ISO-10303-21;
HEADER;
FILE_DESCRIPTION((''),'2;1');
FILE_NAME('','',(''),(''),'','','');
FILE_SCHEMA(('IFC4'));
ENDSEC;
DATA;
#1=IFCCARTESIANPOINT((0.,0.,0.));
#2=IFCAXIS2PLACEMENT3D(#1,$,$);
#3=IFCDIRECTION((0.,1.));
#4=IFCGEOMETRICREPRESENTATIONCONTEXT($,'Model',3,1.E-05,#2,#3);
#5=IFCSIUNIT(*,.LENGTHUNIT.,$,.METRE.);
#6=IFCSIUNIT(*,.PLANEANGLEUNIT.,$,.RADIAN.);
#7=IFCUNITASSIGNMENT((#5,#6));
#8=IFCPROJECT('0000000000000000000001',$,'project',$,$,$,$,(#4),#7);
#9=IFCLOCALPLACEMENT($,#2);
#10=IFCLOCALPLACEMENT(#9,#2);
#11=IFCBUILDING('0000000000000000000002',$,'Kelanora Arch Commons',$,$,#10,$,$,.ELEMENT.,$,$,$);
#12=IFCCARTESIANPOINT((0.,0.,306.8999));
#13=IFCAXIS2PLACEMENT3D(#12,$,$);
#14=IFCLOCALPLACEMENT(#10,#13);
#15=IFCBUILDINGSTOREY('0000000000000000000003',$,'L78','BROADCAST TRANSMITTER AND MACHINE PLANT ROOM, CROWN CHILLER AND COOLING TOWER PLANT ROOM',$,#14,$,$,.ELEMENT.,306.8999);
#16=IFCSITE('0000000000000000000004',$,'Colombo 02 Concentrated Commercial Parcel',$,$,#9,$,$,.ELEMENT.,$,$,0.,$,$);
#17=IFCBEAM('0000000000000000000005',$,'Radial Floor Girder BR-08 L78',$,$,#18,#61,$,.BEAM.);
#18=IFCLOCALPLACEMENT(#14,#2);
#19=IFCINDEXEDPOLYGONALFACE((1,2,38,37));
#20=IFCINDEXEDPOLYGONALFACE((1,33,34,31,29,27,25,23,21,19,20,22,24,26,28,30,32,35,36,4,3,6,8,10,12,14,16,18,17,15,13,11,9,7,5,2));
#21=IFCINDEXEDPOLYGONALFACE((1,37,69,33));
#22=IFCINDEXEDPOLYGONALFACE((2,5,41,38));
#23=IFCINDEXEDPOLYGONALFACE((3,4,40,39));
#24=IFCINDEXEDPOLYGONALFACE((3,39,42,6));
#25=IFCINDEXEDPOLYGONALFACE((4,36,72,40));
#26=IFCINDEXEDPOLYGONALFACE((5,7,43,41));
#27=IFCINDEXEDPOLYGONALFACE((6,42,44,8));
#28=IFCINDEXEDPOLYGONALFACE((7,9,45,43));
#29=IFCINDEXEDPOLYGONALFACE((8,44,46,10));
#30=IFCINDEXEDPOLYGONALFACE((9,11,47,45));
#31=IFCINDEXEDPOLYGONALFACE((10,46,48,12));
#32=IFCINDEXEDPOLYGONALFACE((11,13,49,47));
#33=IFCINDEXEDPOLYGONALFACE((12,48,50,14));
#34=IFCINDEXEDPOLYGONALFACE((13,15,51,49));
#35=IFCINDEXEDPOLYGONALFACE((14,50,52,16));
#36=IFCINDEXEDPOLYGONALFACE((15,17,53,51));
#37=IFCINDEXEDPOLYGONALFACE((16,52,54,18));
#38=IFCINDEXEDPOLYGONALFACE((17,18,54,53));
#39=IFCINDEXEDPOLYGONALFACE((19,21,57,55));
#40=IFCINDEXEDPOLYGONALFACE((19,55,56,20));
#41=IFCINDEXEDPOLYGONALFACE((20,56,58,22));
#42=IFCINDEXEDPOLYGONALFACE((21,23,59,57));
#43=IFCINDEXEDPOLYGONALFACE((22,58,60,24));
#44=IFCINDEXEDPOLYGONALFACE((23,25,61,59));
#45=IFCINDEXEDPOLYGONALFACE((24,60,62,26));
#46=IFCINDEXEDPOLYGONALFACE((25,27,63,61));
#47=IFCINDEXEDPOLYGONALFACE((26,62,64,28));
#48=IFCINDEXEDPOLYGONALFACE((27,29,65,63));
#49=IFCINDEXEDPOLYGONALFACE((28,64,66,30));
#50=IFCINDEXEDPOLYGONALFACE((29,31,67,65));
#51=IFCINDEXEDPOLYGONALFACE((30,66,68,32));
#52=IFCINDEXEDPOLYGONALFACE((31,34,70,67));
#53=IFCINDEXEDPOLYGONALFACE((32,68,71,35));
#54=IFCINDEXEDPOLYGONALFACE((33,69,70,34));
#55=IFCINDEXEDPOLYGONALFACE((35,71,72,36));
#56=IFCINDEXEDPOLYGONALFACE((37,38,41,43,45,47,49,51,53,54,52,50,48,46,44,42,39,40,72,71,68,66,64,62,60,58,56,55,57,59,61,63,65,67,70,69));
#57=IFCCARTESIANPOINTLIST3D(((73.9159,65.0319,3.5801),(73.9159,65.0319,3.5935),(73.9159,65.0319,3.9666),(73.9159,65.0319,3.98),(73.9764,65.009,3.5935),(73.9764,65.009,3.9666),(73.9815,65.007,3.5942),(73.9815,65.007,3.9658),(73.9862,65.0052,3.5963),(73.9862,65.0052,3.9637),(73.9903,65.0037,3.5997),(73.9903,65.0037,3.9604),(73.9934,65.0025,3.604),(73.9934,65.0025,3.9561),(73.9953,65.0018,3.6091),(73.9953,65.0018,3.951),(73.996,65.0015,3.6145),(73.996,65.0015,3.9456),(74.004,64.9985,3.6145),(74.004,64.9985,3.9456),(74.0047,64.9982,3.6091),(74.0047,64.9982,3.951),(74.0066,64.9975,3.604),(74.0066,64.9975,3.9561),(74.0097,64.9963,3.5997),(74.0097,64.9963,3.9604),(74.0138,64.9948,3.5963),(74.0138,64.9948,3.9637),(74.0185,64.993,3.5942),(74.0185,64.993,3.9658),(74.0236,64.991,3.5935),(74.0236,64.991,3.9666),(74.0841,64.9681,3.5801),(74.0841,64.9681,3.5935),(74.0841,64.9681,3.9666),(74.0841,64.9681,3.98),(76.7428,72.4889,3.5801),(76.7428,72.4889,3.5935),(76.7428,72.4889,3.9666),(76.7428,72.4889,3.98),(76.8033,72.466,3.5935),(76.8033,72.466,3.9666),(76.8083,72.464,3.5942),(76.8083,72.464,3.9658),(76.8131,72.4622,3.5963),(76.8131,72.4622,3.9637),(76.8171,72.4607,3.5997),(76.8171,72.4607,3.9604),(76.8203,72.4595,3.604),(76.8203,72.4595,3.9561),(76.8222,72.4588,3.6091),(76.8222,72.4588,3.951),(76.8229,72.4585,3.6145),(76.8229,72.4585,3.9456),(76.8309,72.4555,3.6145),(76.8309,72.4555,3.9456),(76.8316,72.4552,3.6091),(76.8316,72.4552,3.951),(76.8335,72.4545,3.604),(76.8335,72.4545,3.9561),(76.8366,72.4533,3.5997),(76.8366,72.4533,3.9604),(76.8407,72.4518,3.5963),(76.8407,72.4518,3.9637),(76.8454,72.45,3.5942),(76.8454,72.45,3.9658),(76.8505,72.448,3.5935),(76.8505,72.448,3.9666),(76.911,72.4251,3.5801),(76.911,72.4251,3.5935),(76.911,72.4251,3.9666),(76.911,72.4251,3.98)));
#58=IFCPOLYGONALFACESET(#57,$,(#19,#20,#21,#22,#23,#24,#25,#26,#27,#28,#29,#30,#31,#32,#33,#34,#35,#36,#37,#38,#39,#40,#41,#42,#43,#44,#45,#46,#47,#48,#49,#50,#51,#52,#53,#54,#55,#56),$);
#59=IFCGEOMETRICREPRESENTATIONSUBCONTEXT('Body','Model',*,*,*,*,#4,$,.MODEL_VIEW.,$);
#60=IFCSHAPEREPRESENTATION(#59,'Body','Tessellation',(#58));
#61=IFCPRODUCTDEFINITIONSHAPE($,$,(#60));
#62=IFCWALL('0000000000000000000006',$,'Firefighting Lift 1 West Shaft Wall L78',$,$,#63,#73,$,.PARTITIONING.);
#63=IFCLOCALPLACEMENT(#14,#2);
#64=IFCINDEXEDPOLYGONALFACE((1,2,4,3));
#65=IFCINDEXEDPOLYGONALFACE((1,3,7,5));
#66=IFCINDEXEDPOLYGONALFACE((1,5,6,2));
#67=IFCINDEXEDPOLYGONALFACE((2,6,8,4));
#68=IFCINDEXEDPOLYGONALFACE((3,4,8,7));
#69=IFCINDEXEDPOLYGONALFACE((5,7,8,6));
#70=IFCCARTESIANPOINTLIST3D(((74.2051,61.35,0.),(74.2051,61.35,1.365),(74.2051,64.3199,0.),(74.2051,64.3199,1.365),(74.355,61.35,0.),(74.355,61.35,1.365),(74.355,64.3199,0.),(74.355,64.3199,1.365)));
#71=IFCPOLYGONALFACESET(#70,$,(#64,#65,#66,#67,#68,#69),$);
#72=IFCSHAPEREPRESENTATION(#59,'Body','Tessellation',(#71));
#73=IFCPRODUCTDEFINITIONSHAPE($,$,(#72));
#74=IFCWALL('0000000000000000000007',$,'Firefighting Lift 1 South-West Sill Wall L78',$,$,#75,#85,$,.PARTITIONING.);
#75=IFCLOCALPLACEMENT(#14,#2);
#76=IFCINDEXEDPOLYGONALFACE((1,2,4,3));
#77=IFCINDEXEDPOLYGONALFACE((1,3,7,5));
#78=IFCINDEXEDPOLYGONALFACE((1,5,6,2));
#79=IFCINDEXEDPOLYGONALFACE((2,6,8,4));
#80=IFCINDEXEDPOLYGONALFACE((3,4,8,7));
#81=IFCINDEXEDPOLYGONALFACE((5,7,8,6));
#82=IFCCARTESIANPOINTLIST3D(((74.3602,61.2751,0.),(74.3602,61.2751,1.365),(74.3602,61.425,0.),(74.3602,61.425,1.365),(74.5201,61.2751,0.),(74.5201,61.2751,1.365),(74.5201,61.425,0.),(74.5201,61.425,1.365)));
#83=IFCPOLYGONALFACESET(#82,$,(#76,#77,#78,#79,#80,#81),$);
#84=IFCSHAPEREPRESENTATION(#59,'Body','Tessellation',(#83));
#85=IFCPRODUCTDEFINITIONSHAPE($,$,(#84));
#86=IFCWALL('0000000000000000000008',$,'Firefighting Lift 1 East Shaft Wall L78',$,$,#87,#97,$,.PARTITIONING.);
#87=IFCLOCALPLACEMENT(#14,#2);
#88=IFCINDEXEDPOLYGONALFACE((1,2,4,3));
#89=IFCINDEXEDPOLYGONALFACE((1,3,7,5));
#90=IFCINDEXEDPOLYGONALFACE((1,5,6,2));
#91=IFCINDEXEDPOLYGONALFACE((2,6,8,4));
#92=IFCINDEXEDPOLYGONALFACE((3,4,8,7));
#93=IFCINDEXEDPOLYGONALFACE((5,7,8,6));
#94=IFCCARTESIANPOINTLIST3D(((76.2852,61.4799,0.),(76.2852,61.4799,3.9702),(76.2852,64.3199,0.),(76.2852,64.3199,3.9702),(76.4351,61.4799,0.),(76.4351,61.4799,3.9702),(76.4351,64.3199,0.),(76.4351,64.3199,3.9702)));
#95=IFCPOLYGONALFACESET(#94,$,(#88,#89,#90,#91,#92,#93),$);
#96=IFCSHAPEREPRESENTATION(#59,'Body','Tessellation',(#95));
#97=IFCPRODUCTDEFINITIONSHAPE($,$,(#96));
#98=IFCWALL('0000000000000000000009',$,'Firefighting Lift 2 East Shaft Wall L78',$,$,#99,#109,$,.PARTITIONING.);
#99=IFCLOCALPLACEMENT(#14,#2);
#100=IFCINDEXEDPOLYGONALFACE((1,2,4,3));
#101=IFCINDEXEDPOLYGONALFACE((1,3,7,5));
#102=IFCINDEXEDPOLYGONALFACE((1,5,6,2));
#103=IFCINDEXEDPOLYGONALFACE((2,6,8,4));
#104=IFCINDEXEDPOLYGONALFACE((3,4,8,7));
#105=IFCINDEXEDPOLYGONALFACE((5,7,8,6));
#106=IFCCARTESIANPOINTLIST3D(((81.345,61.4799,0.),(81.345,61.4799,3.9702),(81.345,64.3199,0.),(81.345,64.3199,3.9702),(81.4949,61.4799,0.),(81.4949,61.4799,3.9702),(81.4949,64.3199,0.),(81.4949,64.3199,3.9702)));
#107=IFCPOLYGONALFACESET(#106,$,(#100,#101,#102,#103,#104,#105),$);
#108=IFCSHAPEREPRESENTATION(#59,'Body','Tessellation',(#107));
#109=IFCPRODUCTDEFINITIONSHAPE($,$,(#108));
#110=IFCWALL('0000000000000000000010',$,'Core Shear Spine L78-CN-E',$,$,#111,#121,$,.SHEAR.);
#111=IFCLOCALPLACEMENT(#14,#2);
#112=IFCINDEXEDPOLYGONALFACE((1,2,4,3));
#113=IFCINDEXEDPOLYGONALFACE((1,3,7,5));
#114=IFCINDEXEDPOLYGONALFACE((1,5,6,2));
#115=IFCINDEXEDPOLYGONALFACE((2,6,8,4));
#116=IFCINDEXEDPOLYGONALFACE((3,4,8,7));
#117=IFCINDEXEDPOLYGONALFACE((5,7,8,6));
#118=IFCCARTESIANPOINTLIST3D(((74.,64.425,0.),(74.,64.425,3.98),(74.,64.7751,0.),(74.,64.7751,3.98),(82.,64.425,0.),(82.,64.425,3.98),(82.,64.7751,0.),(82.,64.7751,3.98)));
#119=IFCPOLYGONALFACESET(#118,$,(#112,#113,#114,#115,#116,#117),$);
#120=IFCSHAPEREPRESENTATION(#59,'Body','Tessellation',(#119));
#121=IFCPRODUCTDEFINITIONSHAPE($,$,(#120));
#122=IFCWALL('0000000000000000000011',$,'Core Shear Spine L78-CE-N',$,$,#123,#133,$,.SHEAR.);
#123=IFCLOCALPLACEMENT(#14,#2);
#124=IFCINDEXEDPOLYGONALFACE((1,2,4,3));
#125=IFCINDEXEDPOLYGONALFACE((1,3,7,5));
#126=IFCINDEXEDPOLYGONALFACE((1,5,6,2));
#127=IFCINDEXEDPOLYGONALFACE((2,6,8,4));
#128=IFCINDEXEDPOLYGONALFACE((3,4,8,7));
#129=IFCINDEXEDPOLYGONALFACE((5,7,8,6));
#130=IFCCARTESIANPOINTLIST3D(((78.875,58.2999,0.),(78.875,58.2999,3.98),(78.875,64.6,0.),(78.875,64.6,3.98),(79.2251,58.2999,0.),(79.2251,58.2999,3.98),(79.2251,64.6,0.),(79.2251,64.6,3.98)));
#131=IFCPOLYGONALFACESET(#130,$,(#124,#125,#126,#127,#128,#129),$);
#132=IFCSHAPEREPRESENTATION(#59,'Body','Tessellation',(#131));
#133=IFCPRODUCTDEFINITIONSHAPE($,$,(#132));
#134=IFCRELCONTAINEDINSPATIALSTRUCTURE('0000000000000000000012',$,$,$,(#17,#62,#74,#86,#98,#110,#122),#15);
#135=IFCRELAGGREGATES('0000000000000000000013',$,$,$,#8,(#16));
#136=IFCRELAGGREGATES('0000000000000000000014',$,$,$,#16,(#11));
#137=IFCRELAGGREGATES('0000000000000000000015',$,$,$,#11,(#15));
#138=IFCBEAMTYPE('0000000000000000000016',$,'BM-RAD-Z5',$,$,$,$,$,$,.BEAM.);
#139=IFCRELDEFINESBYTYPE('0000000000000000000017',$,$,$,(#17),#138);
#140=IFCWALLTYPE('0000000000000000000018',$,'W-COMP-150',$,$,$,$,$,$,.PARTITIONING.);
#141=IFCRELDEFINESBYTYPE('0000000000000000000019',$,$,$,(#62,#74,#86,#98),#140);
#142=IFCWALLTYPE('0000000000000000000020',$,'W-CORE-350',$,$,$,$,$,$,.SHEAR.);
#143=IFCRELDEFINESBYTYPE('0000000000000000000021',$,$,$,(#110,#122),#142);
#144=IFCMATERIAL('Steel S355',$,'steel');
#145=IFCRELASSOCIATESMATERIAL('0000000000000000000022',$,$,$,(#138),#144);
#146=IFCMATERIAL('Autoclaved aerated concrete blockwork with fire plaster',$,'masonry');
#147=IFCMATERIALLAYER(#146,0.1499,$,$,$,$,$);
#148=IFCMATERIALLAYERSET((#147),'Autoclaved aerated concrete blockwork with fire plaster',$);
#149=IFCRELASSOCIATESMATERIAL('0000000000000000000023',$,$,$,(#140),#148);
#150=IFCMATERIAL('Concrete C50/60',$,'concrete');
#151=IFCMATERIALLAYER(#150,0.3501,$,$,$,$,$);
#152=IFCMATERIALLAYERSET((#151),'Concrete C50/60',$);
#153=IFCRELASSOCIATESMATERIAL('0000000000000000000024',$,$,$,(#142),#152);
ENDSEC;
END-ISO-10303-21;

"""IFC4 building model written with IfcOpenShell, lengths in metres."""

from ifc_helpers import new_model, si_unit, direction, frame, frame_2d, origin, origin_2d, place, context, subcontext, project, spatial, rectangle, i_section, extrude, material, layer, layer_set, material_profile, profile_set, type_object, element, save


model = new_model("IFC4")

# Units and contexts
model_context = context("Model", 3, precision=1e-05, world=origin(), true_north=direction((0.0, 1.0)))
body_context = subcontext(model_context, "Body", "Model", "MODEL_VIEW")
ifc_project = project(units=[si_unit("LENGTHUNIT", "METRE"), si_unit("PLANEANGLEUNIT", "RADIAN")], contexts=[model_context])

# Site, building, storey
site_placement = place(None, origin())
site = spatial("IfcSite", under=ifc_project, at=site_placement, Name="Colombo 02 Concentrated Commercial Parcel", CompositionType="ELEMENT", RefElevation=0.0)
building_placement = place(site_placement, origin())
building = spatial("IfcBuilding", under=site, at=building_placement, Name="Kelanora Arch Commons", CompositionType="ELEMENT")
storey_placement = place(building_placement, frame((0.0, 0.0, 306.8999)))
storey = spatial("IfcBuildingStorey", under=building, at=storey_placement, Name="L78", Description="BROADCAST TRANSMITTER AND MACHINE PLANT ROOM, CROWN CHILLER AND COOLING TOWER PLANT ROOM", CompositionType="ELEMENT", Elevation=306.8999)

# Shared definitions
ifc_material_1 = material(Name="Concrete C50/60", Category="concrete")

# Beam
ifc_material_2 = material(Name="Steel S355", Category="steel")
ifc_material_profile_1 = material_profile(ifc_material_2, i_section(OverallWidth=0.1799, OverallDepth=0.3999, WebThickness=0.0085, FlangeThickness=0.0134, FilletRadius=0.021, at=origin_2d()), Name="IPE400")
ifc_profile_set_1 = profile_set([ifc_material_profile_1], Name="Steel S355")
beam_type_1 = type_object("IfcBeamType", Name="BM-RAD-Z5", PredefinedType="BEAM", material=ifc_profile_set_1)
beam_1_placement = place(storey_placement, frame((74.0, 65.0, 3.78), z_axis=(0.354476, 0.935065, 0.0), x_axis=(-0.935065, 0.354476, 0.0)))
element("IfcBeam", 1, at=beam_1_placement, inside=storey, type_object=beam_type_1, Name="Radial Floor Girder BR-08 L78", PredefinedType="BEAM", context=body_context, shape_type="SweptSolid", body=[
    extrude(i_section(OverallWidth=0.1799, OverallDepth=0.3999, WebThickness=0.0085, FlangeThickness=0.0134, FilletRadius=0.021, at=origin_2d()), origin(), (0.0, 0.0, 1.0), 7.9749),
])

# Walls
ifc_material_3 = material(Name="Autoclaved aerated concrete blockwork with fire plaster", Category="masonry")
ifc_layer_1 = layer(ifc_material_3, 0.1499)
ifc_layer_set_1 = layer_set([ifc_layer_1], Name="Autoclaved aerated concrete blockwork with fire plaster")
wall_type_1 = type_object("IfcWallType", Name="W-COMP-150", PredefinedType="PARTITIONING", material=ifc_layer_set_1)
wall_1_placement = place(storey_placement, frame((74.28, 61.3501, 0.0), z_axis=(0.0, 0.0, 1.0), x_axis=(0.0, 1.0, 0.0)))
element("IfcWall", 2, at=wall_1_placement, inside=storey, type_object=wall_type_1, Name="Firefighting Lift 1 West Shaft Wall L78", PredefinedType="PARTITIONING", context=body_context, shape_type="SweptSolid", body=[
    extrude(rectangle(XDim=2.97, YDim=0.1499, at=frame_2d((1.4849, 0.0))), origin(), (0.0, 0.0, 1.0), 1.365),
])
wall_2_placement = place(storey_placement, frame((74.3601, 61.3501, 0.0), z_axis=(0.0, 0.0, 1.0), x_axis=(1.0, 0.0, 0.0)))
element("IfcWall", 3, at=wall_2_placement, inside=storey, type_object=wall_type_1, Name="Firefighting Lift 1 South-West Sill Wall L78", PredefinedType="PARTITIONING", context=body_context, shape_type="SweptSolid", body=[
    extrude(rectangle(XDim=0.1599, YDim=0.1499, at=frame_2d((0.0801, 0.0))), origin(), (0.0, 0.0, 1.0), 1.365),
])
for number, where, z_axis, x_axis, name in (
    (4, (76.3601, 61.48, 0.0), (0.0, 0.0, 1.0), (0.0, 1.0, 0.0), "Firefighting Lift 1 East Shaft Wall L78"),
    (5, (81.4199, 61.48, 0.0), (0.0, 0.0, 1.0), (0.0, 1.0, 0.0), "Firefighting Lift 2 East Shaft Wall L78"),
):
    element("IfcWall", number, at=place(storey_placement, frame(where, z_axis=z_axis, x_axis=x_axis)), inside=storey, type_object=wall_type_1, Name=name, PredefinedType="PARTITIONING", context=body_context, shape_type="SweptSolid", body=[
        extrude(rectangle(XDim=2.8401, YDim=0.1499, at=frame_2d((1.4199, 0.0))), origin(), (0.0, 0.0, 1.0), 3.9702),
    ])
ifc_layer_2 = layer(ifc_material_1, 0.3501)
ifc_layer_set_2 = layer_set([ifc_layer_2], Name="Concrete C50/60")
wall_type_2 = type_object("IfcWallType", Name="W-CORE-350", PredefinedType="SHEAR", material=ifc_layer_set_2)
wall_3_placement = place(storey_placement, frame((74.0, 64.6001, 0.0), z_axis=(0.0, 0.0, 1.0), x_axis=(1.0, 0.0, 0.0)))
element("IfcWall", 6, at=wall_3_placement, inside=storey, type_object=wall_type_2, Name="Core Shear Spine L78-CN-E", PredefinedType="SHEAR", context=body_context, shape_type="SweptSolid", body=[
    extrude(rectangle(XDim=8.0, YDim=0.3501, at=frame_2d((4.0, 0.0))), origin(), (0.0, 0.0, 1.0), 3.98),
])
wall_4_placement = place(storey_placement, frame((79.05, 58.3, 0.0), z_axis=(0.0, 0.0, 1.0), x_axis=(0.0, 1.0, 0.0)))
element("IfcWall", 7, at=wall_4_placement, inside=storey, type_object=wall_type_2, Name="Core Shear Spine L78-CE-N", PredefinedType="SHEAR", context=body_context, shape_type="SweptSolid", body=[
    extrude(rectangle(XDim=6.3, YDim=0.3501, at=frame_2d((3.1499, 0.0))), origin(), (0.0, 0.0, 1.0), 3.98),
])

save(model, "model.ifc")
